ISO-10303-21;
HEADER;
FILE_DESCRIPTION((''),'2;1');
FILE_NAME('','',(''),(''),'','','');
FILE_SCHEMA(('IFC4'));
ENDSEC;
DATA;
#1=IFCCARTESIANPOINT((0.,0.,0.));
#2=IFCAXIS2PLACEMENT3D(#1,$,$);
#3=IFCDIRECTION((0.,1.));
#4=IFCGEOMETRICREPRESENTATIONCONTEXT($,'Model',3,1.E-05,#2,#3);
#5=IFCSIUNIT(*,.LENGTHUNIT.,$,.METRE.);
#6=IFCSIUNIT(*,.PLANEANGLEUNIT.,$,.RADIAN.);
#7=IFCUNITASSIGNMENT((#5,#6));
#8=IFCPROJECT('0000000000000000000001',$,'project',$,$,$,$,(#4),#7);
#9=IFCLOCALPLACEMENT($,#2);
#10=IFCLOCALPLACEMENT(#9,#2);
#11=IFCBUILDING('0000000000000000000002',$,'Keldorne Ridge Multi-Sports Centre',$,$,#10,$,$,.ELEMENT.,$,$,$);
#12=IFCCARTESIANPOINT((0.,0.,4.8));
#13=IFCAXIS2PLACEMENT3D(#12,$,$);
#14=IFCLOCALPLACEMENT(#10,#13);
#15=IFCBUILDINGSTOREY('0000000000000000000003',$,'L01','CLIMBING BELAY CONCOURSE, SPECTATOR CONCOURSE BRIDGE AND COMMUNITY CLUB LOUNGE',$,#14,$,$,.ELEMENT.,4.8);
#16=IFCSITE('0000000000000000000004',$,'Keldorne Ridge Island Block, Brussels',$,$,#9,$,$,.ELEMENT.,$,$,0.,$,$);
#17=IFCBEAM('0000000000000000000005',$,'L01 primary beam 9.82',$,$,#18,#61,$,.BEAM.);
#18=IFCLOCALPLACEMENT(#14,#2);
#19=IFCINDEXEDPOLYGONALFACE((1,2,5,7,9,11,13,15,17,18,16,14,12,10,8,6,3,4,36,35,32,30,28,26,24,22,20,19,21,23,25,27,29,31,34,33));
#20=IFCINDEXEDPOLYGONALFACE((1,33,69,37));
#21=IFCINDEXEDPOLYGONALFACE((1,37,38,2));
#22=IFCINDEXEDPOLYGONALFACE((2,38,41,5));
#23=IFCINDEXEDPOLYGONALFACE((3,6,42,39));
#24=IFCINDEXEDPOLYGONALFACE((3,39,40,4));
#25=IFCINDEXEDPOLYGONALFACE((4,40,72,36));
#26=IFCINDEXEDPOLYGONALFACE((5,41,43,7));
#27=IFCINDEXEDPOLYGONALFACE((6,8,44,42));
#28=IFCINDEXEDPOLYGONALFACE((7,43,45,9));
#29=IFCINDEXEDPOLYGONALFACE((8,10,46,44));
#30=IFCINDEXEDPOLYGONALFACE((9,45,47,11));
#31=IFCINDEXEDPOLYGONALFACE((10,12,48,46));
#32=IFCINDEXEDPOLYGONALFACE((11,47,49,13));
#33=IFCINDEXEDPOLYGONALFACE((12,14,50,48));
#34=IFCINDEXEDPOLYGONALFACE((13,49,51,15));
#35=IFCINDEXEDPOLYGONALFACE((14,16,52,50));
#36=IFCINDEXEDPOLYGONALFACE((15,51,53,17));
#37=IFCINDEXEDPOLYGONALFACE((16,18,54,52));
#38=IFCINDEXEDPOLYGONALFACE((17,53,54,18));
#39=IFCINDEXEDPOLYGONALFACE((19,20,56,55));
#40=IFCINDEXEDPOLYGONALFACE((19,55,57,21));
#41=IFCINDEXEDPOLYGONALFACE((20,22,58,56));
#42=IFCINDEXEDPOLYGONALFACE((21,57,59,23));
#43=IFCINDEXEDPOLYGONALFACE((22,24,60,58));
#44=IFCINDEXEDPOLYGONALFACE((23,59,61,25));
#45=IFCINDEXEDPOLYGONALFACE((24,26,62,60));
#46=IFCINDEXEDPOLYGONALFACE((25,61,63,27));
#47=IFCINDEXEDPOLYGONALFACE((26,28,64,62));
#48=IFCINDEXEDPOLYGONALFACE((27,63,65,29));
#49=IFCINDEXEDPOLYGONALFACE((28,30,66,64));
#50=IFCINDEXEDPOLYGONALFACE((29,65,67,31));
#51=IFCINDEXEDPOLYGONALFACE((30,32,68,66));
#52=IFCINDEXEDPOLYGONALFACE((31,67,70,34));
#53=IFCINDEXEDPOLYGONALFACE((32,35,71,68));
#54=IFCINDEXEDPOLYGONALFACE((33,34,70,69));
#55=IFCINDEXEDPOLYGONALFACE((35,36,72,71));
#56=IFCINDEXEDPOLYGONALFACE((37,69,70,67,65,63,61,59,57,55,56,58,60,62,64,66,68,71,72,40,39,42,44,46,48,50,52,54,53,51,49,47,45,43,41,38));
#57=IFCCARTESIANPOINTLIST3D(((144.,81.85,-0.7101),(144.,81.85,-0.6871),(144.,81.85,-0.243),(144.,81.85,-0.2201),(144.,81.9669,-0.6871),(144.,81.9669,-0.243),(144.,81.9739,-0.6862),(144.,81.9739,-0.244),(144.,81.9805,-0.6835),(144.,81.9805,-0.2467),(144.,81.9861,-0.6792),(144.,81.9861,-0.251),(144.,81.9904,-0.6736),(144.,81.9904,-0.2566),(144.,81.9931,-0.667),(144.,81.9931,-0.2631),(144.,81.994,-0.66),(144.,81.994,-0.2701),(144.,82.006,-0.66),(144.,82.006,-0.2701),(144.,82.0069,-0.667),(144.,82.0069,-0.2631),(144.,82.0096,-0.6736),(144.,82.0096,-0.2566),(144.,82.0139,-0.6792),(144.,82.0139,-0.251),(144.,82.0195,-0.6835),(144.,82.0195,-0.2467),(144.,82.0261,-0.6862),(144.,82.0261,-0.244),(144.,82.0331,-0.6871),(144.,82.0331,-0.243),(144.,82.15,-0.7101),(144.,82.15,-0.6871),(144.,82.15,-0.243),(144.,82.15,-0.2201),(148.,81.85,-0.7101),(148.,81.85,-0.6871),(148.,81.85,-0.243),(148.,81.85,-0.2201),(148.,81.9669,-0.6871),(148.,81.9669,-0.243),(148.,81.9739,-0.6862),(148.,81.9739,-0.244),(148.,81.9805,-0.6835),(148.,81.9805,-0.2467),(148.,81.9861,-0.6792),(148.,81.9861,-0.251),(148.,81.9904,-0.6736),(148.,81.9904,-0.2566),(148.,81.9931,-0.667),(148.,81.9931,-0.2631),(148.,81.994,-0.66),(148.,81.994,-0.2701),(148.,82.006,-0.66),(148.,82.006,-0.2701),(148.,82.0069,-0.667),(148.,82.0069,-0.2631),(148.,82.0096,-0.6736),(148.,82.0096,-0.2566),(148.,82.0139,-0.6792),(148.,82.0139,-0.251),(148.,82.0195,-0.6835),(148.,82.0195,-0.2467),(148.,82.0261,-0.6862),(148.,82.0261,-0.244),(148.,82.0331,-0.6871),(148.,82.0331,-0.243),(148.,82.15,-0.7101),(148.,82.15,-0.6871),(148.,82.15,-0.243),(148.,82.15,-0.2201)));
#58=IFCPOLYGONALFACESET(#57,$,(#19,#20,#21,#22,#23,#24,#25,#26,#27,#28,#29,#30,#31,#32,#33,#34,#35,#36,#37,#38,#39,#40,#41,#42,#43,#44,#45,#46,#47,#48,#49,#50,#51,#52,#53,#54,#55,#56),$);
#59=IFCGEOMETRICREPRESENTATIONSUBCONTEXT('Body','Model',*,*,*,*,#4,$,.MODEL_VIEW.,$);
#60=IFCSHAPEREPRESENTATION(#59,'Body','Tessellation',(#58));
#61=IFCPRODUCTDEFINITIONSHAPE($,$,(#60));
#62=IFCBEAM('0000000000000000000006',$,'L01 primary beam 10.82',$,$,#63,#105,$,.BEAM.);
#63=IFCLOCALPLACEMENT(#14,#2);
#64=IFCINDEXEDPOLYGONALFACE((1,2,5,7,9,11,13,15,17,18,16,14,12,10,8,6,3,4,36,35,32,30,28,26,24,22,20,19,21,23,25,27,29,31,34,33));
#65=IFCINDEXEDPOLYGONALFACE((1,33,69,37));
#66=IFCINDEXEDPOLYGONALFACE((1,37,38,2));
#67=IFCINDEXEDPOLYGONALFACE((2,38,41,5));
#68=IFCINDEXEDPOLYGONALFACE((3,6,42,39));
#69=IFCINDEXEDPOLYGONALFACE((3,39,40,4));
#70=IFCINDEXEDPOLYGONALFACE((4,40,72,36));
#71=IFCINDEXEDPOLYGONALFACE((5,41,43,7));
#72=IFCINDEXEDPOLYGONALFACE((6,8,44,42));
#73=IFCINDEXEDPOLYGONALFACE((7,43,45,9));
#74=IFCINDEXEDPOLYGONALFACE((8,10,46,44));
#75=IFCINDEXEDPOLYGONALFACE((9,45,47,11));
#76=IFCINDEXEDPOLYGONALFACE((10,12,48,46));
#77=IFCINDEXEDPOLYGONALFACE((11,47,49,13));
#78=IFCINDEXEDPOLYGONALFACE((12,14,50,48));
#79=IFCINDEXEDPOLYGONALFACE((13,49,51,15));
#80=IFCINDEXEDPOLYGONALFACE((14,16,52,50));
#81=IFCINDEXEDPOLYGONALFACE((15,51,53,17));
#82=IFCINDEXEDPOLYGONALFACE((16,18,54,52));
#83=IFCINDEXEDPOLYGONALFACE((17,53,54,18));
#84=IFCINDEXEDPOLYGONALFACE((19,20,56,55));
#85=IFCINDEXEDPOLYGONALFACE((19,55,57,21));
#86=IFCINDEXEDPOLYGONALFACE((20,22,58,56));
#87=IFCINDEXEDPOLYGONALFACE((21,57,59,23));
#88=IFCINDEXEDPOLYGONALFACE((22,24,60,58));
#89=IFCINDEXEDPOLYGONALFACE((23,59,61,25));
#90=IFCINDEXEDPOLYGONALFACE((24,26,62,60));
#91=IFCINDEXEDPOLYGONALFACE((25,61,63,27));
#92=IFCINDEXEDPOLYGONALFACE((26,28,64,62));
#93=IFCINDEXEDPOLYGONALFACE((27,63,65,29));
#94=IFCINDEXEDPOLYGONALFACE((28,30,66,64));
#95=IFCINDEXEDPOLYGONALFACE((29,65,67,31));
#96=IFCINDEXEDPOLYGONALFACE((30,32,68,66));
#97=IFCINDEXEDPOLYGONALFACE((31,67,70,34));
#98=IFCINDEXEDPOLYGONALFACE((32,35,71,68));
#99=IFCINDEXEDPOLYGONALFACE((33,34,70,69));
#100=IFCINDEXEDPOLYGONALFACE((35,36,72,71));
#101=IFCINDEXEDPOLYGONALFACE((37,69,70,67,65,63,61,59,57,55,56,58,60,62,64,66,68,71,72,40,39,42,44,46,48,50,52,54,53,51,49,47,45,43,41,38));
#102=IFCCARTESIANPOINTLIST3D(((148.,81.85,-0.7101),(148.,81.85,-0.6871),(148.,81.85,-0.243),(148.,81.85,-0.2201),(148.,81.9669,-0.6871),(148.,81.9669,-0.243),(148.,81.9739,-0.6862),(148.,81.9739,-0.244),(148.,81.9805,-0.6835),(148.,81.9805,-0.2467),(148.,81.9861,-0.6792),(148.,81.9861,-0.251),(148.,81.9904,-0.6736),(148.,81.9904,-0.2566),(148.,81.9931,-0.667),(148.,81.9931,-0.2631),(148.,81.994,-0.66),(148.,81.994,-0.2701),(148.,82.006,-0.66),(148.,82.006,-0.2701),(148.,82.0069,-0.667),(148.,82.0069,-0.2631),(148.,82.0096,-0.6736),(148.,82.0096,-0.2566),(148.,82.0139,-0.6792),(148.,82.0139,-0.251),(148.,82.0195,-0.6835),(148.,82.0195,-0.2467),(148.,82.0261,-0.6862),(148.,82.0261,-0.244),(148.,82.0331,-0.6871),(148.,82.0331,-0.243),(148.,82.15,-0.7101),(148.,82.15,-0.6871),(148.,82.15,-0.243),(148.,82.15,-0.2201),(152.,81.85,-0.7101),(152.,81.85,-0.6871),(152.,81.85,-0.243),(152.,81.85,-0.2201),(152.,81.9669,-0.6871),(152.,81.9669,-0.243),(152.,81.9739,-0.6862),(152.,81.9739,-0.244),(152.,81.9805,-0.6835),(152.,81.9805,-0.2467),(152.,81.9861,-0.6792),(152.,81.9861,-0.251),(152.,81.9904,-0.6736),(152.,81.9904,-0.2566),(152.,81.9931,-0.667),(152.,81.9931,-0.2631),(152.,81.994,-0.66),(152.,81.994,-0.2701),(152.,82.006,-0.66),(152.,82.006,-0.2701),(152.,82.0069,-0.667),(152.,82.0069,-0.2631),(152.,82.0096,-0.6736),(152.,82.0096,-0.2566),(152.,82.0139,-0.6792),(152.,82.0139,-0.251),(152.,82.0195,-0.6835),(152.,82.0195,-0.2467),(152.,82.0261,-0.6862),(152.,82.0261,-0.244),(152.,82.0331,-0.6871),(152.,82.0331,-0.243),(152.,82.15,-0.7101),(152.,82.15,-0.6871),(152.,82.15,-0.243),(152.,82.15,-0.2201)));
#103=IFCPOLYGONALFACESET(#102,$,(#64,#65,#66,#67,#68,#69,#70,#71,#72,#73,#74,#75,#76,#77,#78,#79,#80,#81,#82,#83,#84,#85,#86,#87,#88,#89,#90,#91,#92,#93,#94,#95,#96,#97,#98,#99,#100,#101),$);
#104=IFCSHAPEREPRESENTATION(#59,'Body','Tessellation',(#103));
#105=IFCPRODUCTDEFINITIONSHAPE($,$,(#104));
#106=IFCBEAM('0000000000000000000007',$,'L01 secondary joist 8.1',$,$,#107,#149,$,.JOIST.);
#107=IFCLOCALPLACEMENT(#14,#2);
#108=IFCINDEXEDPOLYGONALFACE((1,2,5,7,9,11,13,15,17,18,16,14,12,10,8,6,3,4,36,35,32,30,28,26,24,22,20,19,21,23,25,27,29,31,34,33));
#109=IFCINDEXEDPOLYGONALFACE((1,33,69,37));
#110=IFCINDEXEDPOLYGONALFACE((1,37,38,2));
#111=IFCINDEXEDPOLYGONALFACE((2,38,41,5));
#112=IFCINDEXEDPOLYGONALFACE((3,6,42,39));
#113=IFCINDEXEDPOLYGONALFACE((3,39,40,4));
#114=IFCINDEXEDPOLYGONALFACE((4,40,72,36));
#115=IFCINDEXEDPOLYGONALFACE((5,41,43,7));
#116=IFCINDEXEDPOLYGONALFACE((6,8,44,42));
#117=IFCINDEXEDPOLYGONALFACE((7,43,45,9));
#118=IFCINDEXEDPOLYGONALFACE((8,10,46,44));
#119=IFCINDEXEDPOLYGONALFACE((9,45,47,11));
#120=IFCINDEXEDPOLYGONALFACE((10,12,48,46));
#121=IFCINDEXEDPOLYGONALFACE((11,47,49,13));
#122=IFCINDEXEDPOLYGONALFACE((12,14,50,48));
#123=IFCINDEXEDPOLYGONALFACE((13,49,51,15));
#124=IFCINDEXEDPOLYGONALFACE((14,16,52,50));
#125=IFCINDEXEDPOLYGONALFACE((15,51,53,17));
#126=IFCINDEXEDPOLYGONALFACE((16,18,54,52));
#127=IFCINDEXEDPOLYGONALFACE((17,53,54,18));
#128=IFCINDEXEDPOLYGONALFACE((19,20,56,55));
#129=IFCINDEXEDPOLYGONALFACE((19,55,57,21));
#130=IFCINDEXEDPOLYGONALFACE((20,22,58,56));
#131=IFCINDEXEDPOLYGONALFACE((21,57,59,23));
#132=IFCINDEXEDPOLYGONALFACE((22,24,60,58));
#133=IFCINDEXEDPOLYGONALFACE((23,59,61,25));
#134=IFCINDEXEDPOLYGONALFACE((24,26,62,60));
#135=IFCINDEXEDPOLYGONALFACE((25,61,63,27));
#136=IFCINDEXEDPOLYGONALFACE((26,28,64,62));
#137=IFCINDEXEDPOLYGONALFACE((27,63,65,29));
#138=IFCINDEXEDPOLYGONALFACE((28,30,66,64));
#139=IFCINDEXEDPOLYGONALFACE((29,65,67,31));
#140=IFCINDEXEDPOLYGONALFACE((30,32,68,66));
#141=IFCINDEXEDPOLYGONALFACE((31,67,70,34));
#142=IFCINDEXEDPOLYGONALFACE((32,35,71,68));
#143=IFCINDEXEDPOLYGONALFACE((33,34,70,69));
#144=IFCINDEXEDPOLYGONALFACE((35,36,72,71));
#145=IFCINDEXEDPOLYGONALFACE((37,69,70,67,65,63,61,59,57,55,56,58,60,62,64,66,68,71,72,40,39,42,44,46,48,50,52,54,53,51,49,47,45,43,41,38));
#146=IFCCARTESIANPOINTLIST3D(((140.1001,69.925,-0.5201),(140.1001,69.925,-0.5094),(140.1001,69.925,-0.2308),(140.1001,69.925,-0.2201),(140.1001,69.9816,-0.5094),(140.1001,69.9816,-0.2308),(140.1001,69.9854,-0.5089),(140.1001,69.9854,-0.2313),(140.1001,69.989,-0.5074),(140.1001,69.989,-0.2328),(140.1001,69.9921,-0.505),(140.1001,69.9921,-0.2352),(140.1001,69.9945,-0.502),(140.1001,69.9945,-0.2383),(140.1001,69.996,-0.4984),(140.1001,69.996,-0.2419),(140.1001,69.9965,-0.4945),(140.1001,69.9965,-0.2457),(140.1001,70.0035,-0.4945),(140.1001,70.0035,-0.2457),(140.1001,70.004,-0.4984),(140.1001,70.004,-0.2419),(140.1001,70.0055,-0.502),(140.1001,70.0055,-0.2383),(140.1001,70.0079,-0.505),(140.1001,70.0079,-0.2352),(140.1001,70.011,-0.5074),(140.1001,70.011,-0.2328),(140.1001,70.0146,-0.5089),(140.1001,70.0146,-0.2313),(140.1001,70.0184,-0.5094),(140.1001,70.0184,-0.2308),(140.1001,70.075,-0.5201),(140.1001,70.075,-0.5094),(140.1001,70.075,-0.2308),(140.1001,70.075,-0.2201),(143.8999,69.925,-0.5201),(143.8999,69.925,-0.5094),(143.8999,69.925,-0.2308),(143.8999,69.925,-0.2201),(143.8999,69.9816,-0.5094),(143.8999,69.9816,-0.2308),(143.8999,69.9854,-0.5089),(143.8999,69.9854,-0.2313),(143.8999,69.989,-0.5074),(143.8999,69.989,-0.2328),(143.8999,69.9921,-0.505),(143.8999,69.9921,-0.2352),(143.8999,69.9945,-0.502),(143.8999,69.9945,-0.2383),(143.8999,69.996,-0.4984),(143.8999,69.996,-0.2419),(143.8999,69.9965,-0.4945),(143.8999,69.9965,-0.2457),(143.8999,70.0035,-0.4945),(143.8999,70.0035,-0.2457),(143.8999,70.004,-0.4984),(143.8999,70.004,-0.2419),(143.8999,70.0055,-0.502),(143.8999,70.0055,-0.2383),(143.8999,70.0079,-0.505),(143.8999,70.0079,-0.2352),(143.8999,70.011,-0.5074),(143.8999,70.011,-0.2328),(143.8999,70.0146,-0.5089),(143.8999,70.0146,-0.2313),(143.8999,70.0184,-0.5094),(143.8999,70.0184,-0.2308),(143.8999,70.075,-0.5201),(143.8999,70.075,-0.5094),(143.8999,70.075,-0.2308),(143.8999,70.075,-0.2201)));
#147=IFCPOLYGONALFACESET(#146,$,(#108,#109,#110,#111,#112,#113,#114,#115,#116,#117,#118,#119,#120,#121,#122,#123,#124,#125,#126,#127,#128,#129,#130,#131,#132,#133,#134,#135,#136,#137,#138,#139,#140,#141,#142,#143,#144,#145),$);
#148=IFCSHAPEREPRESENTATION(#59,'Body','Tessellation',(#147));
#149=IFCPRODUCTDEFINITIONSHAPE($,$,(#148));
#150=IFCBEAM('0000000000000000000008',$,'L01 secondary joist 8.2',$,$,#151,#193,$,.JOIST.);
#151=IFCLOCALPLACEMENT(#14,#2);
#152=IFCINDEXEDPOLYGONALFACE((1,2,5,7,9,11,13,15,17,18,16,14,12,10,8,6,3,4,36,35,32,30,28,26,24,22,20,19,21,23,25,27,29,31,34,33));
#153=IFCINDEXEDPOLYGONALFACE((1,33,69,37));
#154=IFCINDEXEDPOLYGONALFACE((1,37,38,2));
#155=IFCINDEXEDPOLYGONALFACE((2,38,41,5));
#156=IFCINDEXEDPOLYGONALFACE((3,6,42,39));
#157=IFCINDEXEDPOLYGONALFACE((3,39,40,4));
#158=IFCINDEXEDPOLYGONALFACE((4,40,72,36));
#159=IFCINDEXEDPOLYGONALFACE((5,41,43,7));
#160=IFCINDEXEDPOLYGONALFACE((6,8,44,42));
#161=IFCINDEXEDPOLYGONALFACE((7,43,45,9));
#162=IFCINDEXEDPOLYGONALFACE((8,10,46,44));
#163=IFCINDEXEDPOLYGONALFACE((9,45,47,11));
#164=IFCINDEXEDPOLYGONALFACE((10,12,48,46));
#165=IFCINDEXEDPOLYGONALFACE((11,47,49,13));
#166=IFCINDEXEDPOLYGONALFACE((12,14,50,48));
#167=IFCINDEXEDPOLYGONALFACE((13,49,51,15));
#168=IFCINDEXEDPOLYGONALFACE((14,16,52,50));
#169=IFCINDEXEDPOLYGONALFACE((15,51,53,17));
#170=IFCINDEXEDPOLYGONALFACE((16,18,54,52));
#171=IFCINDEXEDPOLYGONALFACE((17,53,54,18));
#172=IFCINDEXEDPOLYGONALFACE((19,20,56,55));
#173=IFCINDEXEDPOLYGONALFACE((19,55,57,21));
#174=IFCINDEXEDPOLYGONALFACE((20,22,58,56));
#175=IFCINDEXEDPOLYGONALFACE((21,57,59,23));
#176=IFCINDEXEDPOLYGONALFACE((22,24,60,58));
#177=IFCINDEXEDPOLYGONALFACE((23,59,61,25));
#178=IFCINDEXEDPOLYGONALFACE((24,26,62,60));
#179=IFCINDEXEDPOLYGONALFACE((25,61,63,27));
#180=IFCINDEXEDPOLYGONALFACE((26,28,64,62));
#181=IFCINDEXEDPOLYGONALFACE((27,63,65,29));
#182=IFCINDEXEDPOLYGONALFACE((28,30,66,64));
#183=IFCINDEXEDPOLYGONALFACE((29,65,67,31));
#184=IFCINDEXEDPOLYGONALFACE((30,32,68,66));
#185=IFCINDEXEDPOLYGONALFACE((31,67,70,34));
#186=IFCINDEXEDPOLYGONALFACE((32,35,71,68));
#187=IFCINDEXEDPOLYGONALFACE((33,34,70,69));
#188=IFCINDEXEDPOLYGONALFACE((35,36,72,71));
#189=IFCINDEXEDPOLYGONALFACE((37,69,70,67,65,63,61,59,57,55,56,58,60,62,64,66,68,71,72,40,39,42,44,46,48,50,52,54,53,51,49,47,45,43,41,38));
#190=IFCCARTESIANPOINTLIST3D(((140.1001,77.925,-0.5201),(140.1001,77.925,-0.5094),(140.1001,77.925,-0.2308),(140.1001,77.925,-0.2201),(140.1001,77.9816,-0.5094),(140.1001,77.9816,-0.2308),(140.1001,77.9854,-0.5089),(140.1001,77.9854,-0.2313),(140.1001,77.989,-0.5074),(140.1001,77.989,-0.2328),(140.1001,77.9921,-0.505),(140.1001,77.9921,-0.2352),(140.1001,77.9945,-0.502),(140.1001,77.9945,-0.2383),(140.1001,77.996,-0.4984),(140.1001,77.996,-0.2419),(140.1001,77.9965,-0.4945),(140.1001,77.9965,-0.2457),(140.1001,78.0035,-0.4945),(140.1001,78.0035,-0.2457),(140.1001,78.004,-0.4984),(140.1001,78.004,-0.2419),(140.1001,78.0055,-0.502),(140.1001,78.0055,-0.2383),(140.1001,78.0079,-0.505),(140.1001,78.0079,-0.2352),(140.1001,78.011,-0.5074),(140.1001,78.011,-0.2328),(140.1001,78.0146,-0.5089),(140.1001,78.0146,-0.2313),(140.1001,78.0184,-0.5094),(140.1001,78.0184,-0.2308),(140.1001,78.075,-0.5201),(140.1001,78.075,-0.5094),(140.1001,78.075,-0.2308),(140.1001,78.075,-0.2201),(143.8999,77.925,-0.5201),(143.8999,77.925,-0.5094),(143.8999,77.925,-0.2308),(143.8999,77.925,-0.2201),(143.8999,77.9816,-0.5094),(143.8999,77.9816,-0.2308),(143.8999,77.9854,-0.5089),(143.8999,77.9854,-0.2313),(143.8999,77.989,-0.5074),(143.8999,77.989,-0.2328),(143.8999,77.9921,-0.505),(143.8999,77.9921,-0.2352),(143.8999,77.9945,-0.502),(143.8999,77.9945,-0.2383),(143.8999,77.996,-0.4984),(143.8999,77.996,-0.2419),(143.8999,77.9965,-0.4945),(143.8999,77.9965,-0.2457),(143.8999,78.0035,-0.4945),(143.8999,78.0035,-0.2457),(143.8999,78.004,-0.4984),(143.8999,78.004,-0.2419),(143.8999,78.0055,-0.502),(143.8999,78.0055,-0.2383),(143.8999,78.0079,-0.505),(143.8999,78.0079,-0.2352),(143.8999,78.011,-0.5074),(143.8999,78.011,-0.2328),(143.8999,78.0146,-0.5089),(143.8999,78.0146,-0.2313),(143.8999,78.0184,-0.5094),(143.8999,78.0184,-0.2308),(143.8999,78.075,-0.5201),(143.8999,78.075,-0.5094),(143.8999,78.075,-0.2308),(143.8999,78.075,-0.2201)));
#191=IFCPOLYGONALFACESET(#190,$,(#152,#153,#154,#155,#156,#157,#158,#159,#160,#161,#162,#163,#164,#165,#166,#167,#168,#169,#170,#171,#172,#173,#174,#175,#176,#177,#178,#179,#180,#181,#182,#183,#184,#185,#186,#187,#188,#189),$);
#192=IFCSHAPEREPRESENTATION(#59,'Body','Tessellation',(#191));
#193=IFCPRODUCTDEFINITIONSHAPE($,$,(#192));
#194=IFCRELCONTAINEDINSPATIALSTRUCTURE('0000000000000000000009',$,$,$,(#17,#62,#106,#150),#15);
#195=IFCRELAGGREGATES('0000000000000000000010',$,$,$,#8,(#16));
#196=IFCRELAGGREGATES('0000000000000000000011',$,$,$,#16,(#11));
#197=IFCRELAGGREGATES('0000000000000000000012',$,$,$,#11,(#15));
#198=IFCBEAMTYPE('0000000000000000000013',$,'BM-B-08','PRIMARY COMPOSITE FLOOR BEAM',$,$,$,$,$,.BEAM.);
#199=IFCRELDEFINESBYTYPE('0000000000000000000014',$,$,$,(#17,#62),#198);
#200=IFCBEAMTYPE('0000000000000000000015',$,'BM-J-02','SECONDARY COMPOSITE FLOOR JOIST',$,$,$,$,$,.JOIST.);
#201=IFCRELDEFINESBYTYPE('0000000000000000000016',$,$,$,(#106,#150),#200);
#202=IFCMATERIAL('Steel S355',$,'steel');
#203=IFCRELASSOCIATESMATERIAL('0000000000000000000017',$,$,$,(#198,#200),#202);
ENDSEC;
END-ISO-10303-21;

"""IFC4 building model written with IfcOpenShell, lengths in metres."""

from ifc_helpers import new_model, si_unit, direction, frame, origin, origin_2d, place, context, subcontext, project, spatial, i_section, extrude, material, material_profile, profile_set, type_object, element, save


model = new_model("IFC4")

# Units and contexts
model_context = context("Model", 3, precision=1e-05, world=origin(), true_north=direction((0.0, 1.0)))
body_context = subcontext(model_context, "Body", "Model", "MODEL_VIEW")
ifc_project = project(units=[si_unit("LENGTHUNIT", "METRE"), si_unit("PLANEANGLEUNIT", "RADIAN")], contexts=[model_context])

# Site, building, storey
site_placement = place(None, origin())
site = spatial("IfcSite", under=ifc_project, at=site_placement, Name="Keldorne Ridge Island Block, Brussels", CompositionType="ELEMENT", RefElevation=0.0)
building_placement = place(site_placement, origin())
building = spatial("IfcBuilding", under=site, at=building_placement, Name="Keldorne Ridge Multi-Sports Centre", CompositionType="ELEMENT")
storey_placement = place(building_placement, frame((0.0, 0.0, 4.8)))
storey = spatial("IfcBuildingStorey", under=building, at=storey_placement, Name="L01", Description="CLIMBING BELAY CONCOURSE, SPECTATOR CONCOURSE BRIDGE AND COMMUNITY CLUB LOUNGE", CompositionType="ELEMENT", Elevation=4.8)

# Shared definitions
ifc_material_1 = material(Name="Steel S355", Category="steel")

# Beams
ifc_material_profile_1 = material_profile(ifc_material_1, i_section(OverallWidth=0.3, OverallDepth=0.49, WebThickness=0.012, FlangeThickness=0.0229, FilletRadius=0.0271, at=origin_2d()), Name="HEA 500")
ifc_profile_set_1 = profile_set([ifc_material_profile_1], Name="Steel S355")
beam_type_1 = type_object("IfcBeamType", Name="BM-B-08", Description="PRIMARY COMPOSITE FLOOR BEAM", PredefinedType="BEAM", material=ifc_profile_set_1)
for number, where, z_axis, x_axis, name in (
    (1, (144.0, 82.0, -0.4651), (1.0, 0.0, 0.0), (0.0, 1.0, 0.0), "L01 primary beam 9.82"),
    (2, (148.0, 82.0, -0.4651), (1.0, 0.0, 0.0), (0.0, 1.0, 0.0), "L01 primary beam 10.82"),
):
    element("IfcBeam", number, at=place(storey_placement, frame(where, z_axis=z_axis, x_axis=x_axis)), inside=storey, type_object=beam_type_1, Name=name, PredefinedType="BEAM", context=body_context, shape_type="SweptSolid", body=[
        extrude(i_section(OverallWidth=0.3, OverallDepth=0.49, WebThickness=0.012, FlangeThickness=0.0229, FilletRadius=0.0271, at=origin_2d()), origin(), (0.0, 0.0, 1.0), 4.0),
    ])
ifc_material_profile_2 = material_profile(ifc_material_1, i_section(OverallWidth=0.1499, OverallDepth=0.3, WebThickness=0.0071, FlangeThickness=0.0107, FilletRadius=0.0149, at=origin_2d()), Name="IPE 300")
ifc_profile_set_2 = profile_set([ifc_material_profile_2], Name="Steel S355")
beam_type_2 = type_object("IfcBeamType", Name="BM-J-02", Description="SECONDARY COMPOSITE FLOOR JOIST", PredefinedType="JOIST", material=ifc_profile_set_2)
for number, where, z_axis, x_axis, name in (
    (3, (140.1001, 70.0, -0.3701), (1.0, 0.0, 0.0), (0.0, 1.0, 0.0), "L01 secondary joist 8.1"),
    (4, (140.1001, 78.0, -0.3701), (1.0, 0.0, 0.0), (0.0, 1.0, 0.0), "L01 secondary joist 8.2"),
):
    element("IfcBeam", number, at=place(storey_placement, frame(where, z_axis=z_axis, x_axis=x_axis)), inside=storey, type_object=beam_type_2, Name=name, PredefinedType="JOIST", context=body_context, shape_type="SweptSolid", body=[
        extrude(i_section(OverallWidth=0.1499, OverallDepth=0.3, WebThickness=0.0071, FlangeThickness=0.0107, FilletRadius=0.0149, at=origin_2d()), origin(), (0.0, 0.0, 1.0), 3.7998),
    ])

save(model, "model.ifc")
